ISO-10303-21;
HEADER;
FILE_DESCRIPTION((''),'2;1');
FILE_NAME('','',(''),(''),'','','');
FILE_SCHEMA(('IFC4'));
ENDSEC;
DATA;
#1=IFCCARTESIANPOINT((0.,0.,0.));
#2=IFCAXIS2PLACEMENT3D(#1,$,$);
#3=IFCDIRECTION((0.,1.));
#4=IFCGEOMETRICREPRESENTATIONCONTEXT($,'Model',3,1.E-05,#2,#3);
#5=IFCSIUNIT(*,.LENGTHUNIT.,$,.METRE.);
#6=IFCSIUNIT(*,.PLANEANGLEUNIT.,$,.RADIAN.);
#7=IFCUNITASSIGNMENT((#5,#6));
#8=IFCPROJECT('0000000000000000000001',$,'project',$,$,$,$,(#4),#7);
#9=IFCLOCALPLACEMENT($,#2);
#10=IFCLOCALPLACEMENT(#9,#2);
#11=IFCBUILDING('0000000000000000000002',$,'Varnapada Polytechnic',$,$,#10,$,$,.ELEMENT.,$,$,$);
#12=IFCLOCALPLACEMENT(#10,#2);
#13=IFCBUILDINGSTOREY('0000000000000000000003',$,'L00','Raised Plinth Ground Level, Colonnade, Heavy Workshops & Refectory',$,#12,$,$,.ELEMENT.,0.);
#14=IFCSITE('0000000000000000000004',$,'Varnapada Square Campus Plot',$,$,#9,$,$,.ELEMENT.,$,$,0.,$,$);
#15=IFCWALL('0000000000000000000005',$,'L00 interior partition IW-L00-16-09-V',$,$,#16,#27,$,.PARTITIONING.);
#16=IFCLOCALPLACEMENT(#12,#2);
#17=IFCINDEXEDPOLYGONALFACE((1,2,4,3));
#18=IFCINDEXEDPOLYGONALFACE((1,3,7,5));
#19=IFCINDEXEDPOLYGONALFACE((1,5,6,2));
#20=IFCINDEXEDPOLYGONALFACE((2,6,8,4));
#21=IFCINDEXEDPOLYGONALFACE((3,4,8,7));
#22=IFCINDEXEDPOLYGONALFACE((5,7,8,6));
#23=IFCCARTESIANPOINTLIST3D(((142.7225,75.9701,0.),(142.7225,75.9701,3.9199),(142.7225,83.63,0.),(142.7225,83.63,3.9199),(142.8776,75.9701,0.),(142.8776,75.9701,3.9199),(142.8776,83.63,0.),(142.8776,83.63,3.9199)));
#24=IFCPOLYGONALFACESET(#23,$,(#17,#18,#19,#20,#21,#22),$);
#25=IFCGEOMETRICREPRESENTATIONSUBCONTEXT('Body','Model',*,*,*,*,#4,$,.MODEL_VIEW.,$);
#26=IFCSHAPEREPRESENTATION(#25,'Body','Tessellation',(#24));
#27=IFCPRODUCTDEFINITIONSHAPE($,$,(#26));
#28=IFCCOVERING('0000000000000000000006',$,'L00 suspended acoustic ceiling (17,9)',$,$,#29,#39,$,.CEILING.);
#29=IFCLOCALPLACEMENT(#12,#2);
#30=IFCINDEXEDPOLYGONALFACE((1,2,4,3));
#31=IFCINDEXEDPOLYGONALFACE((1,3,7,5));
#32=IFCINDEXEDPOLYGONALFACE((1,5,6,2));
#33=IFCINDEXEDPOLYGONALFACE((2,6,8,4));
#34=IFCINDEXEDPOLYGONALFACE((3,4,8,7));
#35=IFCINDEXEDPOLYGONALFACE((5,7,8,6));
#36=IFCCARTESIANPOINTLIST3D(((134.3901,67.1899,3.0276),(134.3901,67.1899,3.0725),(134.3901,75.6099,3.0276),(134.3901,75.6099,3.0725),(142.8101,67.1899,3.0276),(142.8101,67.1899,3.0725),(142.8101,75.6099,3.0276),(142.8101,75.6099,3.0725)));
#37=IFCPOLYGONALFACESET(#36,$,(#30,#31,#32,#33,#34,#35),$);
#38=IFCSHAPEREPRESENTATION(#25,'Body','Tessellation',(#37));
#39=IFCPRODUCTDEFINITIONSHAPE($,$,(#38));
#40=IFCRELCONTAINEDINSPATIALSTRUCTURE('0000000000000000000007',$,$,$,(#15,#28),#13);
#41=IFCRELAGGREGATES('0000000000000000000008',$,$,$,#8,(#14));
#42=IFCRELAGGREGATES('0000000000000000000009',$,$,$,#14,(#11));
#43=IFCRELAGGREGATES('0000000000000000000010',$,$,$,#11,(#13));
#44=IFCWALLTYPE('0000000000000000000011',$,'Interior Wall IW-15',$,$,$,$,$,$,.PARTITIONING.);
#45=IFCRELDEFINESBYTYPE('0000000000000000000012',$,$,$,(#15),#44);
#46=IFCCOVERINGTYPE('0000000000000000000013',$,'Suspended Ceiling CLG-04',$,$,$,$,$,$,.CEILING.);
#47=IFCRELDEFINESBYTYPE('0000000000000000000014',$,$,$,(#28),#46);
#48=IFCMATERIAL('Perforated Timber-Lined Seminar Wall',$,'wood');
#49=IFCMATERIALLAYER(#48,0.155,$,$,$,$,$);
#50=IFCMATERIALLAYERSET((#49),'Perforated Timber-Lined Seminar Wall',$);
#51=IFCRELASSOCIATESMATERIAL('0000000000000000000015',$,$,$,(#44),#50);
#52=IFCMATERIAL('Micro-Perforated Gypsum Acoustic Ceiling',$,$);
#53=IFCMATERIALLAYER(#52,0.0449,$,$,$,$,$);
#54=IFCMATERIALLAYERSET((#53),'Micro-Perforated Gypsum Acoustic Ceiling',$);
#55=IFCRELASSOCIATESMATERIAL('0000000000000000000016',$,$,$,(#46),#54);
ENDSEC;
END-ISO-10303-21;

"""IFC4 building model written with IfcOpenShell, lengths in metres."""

from ifc_helpers import new_model, si_unit, direction, frame, frame_2d, origin, origin_2d, place, context, subcontext, project, spatial, rectangle, extrude, material, layer, layer_set, type_object, element, save


model = new_model("IFC4")

# Units and contexts
model_context = context("Model", 3, precision=1e-05, world=origin(), true_north=direction((0.0, 1.0)))
body_context = subcontext(model_context, "Body", "Model", "MODEL_VIEW")
ifc_project = project(units=[si_unit("LENGTHUNIT", "METRE"), si_unit("PLANEANGLEUNIT", "RADIAN")], contexts=[model_context])

# Site, building, storey
site_placement = place(None, origin())
site = spatial("IfcSite", under=ifc_project, at=site_placement, Name="Varnapada Square Campus Plot", CompositionType="ELEMENT", RefElevation=0.0)
building_placement = place(site_placement, origin())
building = spatial("IfcBuilding", under=site, at=building_placement, Name="Varnapada Polytechnic", CompositionType="ELEMENT")
storey_placement = place(building_placement, origin())
storey = spatial("IfcBuildingStorey", under=building, at=storey_placement, Name="L00", Description="Raised Plinth Ground Level, Colonnade, Heavy Workshops & Refectory", CompositionType="ELEMENT", Elevation=0.0)

# Wall
ifc_material_1 = material(Name="Perforated Timber-Lined Seminar Wall", Category="wood")
ifc_layer_1 = layer(ifc_material_1, 0.155)
ifc_layer_set_1 = layer_set([ifc_layer_1], Name="Perforated Timber-Lined Seminar Wall")
wall_type_1 = type_object("IfcWallType", Name="Interior Wall IW-15", PredefinedType="PARTITIONING", material=ifc_layer_set_1)
wall_1_placement = place(storey_placement, frame((142.8, 75.97, 0.0), z_axis=(0.0, 0.0, 1.0), x_axis=(0.0, 1.0, 0.0)))
element("IfcWall", 1, at=wall_1_placement, inside=storey, type_object=wall_type_1, Name="L00 interior partition IW-L00-16-09-V", PredefinedType="PARTITIONING", context=body_context, shape_type="SweptSolid", body=[
    extrude(rectangle(XDim=7.6599, YDim=0.155, at=frame_2d((3.8301, 0.0))), origin(), (0.0, 0.0, 1.0), 3.9199),
])

# Covering
ifc_material_2 = material(Name="Micro-Perforated Gypsum Acoustic Ceiling")
ifc_layer_2 = layer(ifc_material_2, 0.0449)
ifc_layer_set_2 = layer_set([ifc_layer_2], Name="Micro-Perforated Gypsum Acoustic Ceiling")
covering_type = type_object("IfcCoveringType", Name="Suspended Ceiling CLG-04", PredefinedType="CEILING", material=ifc_layer_set_2)
covering_placement = place(storey_placement, frame((138.6001, 71.3999, 3.0276), z_axis=(0.0, 0.0, 1.0), x_axis=(1.0, 0.0, 0.0)))
element("IfcCovering", 2, at=covering_placement, inside=storey, type_object=covering_type, Name="L00 suspended acoustic ceiling (17,9)", PredefinedType="CEILING", context=body_context, shape_type="SweptSolid", body=[
    extrude(rectangle(XDim=8.4199, YDim=8.4199, at=origin_2d()), origin(), (0.0, 0.0, 1.0), 0.0449),
])

save(model, "model.ifc")
